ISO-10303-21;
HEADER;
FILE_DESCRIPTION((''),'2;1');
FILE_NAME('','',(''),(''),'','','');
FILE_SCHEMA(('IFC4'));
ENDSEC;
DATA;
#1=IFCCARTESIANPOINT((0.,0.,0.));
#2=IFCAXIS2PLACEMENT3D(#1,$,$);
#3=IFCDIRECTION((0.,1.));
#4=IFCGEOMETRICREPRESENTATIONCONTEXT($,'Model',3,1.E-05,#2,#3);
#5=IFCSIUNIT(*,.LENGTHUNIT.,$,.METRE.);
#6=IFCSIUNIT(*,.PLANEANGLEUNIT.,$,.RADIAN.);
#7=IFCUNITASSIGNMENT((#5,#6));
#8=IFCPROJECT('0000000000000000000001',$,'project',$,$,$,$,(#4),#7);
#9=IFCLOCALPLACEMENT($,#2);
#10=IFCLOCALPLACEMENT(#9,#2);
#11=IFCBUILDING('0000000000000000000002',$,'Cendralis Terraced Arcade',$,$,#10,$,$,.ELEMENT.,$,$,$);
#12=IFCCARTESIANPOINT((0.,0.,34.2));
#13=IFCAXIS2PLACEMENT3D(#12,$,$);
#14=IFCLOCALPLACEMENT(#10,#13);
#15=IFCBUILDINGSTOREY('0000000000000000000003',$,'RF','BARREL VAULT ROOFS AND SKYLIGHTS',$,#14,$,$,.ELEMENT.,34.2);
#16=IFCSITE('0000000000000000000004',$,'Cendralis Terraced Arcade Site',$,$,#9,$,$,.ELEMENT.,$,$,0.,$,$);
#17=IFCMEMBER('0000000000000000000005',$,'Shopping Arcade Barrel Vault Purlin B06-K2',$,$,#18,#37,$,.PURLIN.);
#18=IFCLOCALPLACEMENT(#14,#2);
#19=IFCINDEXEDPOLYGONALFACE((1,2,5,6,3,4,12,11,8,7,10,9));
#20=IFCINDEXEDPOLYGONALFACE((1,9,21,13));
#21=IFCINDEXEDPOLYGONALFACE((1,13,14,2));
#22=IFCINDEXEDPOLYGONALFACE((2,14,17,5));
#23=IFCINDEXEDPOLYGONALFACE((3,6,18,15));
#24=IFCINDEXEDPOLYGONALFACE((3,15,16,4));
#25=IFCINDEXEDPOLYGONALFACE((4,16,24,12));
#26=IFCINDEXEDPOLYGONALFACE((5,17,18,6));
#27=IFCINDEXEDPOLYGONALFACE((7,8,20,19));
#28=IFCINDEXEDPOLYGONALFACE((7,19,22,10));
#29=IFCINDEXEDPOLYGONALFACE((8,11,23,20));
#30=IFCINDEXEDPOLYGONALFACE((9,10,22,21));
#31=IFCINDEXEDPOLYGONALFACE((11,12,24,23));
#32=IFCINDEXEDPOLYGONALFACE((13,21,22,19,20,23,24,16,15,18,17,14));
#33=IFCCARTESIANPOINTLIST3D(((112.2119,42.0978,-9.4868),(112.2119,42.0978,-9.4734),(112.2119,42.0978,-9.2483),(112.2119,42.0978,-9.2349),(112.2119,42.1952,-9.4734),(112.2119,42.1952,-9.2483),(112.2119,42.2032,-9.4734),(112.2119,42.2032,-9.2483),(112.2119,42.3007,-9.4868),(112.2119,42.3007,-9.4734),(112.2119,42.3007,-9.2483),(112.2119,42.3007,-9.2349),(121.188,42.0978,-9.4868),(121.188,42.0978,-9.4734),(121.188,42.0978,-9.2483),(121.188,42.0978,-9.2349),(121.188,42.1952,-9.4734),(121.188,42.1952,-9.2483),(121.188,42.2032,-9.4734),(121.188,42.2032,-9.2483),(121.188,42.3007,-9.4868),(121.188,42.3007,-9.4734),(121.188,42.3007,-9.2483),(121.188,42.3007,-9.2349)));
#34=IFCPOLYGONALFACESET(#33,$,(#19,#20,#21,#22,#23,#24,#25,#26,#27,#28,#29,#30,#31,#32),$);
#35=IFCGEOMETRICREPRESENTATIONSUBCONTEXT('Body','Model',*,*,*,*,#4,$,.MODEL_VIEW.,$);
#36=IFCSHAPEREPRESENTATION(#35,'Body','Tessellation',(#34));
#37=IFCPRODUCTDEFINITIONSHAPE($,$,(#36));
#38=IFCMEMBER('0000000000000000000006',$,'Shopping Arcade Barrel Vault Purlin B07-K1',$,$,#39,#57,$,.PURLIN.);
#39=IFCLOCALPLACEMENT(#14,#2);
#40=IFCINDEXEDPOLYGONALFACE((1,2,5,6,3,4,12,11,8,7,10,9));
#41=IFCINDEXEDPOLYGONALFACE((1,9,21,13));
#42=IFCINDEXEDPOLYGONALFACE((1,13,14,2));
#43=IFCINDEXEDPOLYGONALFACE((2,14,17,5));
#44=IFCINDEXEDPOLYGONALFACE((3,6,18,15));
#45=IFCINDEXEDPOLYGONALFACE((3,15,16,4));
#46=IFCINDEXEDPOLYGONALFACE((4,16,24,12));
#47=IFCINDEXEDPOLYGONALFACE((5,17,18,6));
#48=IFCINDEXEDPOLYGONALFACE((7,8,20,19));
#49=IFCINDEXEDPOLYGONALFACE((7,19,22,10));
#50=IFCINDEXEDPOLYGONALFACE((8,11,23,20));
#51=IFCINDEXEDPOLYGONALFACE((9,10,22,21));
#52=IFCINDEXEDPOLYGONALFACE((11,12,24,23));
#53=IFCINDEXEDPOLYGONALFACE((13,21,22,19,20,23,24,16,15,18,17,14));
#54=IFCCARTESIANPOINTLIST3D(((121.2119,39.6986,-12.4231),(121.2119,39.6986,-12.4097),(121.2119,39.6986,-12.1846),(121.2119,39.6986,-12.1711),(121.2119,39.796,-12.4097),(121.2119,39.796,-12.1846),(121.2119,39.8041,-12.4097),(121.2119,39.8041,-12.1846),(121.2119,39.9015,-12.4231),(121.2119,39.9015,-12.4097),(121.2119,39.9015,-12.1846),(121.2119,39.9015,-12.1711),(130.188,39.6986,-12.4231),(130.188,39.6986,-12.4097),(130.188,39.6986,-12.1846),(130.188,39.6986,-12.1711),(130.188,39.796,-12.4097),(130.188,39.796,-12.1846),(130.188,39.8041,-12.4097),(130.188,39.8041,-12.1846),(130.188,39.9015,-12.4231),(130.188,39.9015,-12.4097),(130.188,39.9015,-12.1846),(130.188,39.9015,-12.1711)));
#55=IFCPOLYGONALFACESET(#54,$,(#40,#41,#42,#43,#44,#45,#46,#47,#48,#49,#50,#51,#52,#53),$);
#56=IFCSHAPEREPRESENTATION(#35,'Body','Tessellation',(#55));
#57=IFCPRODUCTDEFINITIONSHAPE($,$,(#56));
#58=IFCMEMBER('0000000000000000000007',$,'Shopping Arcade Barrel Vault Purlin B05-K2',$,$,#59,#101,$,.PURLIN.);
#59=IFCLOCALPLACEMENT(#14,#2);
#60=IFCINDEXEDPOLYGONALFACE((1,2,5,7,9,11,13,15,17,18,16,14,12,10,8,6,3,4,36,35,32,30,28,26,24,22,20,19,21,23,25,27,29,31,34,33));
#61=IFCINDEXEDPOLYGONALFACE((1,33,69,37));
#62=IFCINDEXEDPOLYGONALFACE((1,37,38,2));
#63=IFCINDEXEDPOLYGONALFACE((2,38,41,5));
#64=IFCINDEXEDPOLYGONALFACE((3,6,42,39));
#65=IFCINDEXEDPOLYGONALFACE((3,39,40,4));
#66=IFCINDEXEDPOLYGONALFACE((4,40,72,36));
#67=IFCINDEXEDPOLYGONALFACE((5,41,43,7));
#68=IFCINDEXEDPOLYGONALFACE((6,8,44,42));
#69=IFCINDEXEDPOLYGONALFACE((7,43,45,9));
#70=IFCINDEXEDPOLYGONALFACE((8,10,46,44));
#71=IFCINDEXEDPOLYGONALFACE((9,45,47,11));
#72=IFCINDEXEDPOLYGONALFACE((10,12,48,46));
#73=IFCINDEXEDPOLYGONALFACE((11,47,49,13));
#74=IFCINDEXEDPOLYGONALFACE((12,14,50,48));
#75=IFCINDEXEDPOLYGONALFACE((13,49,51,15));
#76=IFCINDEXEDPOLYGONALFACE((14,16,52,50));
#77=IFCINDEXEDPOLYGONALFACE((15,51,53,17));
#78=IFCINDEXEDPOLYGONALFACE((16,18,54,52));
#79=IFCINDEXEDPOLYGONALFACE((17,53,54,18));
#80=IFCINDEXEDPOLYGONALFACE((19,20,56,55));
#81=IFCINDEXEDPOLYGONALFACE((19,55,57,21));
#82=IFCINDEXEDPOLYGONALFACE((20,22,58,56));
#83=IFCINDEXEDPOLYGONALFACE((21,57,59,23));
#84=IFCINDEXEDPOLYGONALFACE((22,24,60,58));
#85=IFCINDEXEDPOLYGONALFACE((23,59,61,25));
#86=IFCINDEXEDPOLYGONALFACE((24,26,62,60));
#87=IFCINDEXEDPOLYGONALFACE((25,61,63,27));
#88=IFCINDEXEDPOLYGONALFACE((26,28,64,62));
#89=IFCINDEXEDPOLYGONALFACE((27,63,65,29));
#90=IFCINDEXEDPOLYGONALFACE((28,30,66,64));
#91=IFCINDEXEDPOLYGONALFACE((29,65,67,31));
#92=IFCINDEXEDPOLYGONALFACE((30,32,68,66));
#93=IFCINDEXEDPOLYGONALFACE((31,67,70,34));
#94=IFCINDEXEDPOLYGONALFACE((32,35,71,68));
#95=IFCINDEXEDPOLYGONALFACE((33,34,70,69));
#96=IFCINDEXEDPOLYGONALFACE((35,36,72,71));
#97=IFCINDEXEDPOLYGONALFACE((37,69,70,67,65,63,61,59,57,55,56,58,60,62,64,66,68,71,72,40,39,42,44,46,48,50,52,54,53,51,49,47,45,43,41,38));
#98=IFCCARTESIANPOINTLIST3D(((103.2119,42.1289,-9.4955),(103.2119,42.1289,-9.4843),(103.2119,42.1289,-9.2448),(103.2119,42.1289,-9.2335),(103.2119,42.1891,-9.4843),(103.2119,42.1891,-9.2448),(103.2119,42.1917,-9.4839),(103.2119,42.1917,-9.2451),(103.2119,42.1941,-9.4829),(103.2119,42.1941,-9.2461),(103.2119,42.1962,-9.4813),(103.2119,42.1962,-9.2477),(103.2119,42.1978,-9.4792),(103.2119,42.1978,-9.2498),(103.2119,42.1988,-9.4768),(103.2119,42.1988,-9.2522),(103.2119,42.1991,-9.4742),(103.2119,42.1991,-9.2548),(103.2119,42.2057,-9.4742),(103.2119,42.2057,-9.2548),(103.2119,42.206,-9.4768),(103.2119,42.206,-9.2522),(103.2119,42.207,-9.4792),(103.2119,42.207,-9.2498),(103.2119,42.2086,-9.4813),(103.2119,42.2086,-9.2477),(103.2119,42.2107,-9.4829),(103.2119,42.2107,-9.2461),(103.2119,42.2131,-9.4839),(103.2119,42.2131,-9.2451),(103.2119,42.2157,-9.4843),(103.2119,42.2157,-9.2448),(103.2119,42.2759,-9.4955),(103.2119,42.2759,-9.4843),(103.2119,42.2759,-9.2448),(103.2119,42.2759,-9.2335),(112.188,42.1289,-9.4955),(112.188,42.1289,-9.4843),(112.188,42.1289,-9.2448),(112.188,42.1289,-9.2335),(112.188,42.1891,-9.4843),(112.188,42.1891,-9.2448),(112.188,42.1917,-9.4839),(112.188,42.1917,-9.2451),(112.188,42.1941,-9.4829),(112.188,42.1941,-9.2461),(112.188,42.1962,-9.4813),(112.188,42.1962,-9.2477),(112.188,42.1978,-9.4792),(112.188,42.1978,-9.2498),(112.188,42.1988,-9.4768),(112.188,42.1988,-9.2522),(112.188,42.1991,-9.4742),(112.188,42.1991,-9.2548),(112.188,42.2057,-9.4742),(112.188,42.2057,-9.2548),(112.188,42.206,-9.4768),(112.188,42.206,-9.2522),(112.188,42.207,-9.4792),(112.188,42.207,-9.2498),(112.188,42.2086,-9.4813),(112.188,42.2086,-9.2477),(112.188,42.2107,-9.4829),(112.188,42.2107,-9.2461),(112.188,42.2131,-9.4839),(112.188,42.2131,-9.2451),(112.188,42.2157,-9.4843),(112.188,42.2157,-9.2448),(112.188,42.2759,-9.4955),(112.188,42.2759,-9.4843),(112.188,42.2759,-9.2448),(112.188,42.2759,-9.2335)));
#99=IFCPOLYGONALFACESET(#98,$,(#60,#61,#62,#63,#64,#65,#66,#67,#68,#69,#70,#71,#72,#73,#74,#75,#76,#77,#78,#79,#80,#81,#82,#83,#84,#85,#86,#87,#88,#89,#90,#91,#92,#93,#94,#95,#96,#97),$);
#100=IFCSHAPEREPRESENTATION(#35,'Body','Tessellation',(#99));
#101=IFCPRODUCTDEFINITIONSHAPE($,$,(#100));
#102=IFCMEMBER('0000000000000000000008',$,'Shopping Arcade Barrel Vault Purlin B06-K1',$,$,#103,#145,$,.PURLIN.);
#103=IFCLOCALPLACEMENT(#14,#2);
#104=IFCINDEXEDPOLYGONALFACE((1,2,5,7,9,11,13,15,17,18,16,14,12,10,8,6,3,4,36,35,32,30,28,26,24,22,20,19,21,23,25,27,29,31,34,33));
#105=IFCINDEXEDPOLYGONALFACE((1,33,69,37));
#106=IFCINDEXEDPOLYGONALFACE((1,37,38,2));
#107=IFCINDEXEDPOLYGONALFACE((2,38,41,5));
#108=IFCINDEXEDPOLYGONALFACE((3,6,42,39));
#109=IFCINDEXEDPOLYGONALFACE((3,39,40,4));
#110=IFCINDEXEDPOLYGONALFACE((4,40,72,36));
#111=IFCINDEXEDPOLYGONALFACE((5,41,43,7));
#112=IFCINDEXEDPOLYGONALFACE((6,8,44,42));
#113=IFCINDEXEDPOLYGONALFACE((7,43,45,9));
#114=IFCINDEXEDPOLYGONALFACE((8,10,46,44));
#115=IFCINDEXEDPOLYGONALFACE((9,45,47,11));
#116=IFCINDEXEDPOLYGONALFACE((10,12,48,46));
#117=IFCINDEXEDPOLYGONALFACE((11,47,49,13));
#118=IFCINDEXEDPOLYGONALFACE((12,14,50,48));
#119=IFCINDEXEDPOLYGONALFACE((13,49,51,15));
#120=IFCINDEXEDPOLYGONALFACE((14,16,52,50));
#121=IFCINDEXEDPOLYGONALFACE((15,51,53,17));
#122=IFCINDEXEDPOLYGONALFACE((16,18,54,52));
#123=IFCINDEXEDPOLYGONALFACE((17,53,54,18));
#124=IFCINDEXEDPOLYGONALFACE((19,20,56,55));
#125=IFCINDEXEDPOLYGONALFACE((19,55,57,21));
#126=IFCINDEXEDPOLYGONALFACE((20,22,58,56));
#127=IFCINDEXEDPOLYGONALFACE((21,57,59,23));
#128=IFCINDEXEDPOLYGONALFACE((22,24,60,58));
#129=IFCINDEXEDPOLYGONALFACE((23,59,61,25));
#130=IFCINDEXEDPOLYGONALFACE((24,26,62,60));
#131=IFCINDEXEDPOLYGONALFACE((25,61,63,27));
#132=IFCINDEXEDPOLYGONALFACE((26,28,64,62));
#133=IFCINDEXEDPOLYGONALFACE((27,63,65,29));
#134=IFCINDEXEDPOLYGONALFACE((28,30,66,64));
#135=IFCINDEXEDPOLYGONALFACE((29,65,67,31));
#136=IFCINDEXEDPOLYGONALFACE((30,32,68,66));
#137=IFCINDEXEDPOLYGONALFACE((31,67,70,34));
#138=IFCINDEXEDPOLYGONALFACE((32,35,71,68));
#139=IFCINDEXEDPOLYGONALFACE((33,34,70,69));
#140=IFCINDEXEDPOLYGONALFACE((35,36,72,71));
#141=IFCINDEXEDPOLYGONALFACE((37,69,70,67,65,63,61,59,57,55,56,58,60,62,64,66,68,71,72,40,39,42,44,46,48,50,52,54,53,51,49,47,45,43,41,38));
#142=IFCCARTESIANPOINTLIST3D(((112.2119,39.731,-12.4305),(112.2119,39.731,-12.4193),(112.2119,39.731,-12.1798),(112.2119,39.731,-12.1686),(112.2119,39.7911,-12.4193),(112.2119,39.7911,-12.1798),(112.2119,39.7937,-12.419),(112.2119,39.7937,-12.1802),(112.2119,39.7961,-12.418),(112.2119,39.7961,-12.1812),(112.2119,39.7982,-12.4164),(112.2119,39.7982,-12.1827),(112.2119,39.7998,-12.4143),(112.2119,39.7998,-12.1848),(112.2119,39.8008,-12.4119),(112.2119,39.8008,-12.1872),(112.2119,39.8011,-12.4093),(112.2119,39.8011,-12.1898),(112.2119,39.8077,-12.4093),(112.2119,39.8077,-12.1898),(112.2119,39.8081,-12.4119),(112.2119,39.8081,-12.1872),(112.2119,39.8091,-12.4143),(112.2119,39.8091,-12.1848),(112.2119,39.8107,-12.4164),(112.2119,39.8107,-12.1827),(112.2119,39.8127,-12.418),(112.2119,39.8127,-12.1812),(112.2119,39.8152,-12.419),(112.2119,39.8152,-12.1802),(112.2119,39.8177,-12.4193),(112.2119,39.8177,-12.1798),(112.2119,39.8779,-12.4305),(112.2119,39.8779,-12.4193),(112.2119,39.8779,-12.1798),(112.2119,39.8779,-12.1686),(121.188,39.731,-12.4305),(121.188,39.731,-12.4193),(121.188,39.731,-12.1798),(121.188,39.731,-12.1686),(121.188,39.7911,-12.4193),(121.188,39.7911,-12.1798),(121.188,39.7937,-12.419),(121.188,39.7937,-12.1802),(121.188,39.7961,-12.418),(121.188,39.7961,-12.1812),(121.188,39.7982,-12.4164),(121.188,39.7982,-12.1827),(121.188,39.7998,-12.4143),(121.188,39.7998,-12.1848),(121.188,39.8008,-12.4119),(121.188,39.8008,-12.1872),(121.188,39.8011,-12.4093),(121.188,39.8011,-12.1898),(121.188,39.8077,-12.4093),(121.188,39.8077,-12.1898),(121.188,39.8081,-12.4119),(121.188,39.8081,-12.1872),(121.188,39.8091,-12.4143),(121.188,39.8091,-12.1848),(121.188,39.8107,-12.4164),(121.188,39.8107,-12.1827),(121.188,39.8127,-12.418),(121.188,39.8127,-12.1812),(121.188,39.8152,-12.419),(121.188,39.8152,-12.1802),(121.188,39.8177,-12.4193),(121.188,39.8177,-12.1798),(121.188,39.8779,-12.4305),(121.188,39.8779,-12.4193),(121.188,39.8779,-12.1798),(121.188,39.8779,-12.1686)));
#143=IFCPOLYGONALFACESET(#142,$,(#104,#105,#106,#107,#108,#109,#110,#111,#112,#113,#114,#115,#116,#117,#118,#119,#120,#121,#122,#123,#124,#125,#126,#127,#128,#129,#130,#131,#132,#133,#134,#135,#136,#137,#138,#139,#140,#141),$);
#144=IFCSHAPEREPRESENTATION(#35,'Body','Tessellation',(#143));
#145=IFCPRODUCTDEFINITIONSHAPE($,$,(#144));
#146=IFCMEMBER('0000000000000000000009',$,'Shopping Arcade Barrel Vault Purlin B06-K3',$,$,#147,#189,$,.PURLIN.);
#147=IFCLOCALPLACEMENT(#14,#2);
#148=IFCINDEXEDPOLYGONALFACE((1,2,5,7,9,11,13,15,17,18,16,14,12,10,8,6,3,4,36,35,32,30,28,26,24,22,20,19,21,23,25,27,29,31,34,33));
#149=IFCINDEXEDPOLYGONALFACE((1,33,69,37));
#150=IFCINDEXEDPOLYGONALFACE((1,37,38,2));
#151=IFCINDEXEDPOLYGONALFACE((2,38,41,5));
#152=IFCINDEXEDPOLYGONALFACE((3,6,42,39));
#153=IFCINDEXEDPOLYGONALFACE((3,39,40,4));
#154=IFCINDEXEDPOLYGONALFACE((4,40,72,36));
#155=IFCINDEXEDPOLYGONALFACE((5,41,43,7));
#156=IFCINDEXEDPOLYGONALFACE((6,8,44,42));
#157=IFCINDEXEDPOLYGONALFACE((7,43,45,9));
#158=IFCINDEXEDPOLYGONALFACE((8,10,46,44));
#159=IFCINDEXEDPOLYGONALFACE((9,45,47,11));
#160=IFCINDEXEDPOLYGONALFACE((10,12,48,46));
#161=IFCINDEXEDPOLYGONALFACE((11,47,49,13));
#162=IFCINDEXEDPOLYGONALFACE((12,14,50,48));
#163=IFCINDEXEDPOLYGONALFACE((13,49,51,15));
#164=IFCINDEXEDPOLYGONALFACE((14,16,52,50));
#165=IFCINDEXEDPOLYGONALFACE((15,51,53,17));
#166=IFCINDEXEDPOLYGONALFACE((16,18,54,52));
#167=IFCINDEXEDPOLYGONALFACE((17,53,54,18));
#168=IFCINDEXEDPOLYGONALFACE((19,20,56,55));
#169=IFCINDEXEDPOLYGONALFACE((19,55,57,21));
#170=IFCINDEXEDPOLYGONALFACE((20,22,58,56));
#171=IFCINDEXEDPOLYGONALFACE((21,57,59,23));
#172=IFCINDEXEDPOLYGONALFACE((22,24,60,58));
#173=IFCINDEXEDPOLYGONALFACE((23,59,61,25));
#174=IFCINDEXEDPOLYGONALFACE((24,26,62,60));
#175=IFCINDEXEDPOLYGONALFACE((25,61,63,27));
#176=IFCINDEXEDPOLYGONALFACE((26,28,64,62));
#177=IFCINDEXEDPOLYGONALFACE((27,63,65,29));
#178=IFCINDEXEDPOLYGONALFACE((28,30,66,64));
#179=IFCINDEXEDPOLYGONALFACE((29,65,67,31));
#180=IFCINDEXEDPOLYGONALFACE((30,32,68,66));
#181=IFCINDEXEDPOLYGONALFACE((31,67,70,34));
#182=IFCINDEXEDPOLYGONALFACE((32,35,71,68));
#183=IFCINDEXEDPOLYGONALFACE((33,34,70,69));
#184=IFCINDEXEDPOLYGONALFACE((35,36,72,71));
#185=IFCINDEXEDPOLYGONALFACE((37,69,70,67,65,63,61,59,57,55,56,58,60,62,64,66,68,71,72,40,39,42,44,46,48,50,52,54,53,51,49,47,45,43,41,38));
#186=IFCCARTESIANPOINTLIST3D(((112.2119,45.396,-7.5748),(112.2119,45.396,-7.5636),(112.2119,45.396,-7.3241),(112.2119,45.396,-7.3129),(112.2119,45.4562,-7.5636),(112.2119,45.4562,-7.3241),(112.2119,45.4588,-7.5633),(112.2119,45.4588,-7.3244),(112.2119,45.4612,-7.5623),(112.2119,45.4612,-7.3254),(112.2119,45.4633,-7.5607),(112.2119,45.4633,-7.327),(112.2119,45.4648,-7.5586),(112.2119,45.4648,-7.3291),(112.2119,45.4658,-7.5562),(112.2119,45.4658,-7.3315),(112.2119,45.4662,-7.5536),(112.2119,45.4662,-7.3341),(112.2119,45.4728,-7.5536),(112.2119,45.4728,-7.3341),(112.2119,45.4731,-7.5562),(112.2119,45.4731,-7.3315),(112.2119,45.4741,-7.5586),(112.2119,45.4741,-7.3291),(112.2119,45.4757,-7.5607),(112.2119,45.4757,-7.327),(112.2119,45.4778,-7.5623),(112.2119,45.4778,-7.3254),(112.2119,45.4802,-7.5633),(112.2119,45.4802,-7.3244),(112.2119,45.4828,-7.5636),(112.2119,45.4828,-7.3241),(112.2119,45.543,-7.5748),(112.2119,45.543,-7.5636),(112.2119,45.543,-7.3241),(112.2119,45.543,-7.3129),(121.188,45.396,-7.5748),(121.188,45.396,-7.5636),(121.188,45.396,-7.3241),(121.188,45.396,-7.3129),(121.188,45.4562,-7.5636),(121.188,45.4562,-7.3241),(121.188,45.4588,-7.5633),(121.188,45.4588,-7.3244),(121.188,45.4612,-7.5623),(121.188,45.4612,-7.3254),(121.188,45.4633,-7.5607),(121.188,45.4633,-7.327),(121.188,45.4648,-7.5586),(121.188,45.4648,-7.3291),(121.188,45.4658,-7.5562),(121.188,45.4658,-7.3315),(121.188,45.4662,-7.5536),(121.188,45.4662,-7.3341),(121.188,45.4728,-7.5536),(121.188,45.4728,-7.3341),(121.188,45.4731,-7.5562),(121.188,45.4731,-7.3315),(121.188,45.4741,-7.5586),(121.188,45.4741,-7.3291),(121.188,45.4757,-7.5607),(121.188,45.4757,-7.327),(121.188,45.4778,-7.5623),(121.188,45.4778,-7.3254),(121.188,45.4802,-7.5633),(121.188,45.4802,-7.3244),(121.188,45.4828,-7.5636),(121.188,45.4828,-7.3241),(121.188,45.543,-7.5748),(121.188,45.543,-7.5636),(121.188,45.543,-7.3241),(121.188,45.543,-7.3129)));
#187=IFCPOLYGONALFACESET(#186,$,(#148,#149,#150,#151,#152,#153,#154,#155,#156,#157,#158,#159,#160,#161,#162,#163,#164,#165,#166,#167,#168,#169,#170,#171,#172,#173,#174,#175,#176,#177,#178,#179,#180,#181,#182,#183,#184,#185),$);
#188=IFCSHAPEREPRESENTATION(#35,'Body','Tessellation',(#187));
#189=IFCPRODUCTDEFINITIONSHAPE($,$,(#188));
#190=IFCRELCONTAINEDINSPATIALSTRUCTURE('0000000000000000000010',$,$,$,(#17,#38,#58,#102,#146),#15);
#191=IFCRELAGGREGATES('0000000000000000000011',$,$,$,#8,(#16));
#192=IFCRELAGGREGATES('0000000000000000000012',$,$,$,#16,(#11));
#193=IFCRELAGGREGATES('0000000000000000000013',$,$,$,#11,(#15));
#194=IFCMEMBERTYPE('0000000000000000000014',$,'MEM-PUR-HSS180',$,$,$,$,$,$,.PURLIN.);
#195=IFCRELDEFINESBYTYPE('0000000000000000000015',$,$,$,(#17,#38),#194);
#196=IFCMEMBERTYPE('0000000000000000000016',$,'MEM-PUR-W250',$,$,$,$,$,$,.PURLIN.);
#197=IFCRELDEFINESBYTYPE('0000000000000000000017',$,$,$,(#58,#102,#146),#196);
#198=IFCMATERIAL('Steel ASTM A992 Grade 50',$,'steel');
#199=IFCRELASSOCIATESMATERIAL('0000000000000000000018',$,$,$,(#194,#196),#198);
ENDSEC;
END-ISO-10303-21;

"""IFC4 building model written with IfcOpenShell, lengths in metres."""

from ifc_helpers import new_model, si_unit, direction, frame, origin, origin_2d, place, context, subcontext, project, spatial, i_section, extrude, material, material_profile, profile_set, type_object, element, save


model = new_model("IFC4")

# Units and contexts
model_context = context("Model", 3, precision=1e-05, world=origin(), true_north=direction((0.0, 1.0)))
body_context = subcontext(model_context, "Body", "Model", "MODEL_VIEW")
ifc_project = project(units=[si_unit("LENGTHUNIT", "METRE"), si_unit("PLANEANGLEUNIT", "RADIAN")], contexts=[model_context])

# Site, building, storey
site_placement = place(None, origin())
site = spatial("IfcSite", under=ifc_project, at=site_placement, Name="Cendralis Terraced Arcade Site", CompositionType="ELEMENT", RefElevation=0.0)
building_placement = place(site_placement, origin())
building = spatial("IfcBuilding", under=site, at=building_placement, Name="Cendralis Terraced Arcade", CompositionType="ELEMENT")
storey_placement = place(building_placement, frame((0.0, 0.0, 34.2)))
storey = spatial("IfcBuildingStorey", under=building, at=storey_placement, Name="RF", Description="BARREL VAULT ROOFS AND SKYLIGHTS", CompositionType="ELEMENT", Elevation=34.2)

# Members
ifc_material_1 = material(Name="Steel ASTM A992 Grade 50", Category="steel")
ifc_material_profile_1 = material_profile(ifc_material_1, i_section(OverallWidth=0.2029, OverallDepth=0.252, WebThickness=0.0081, FlangeThickness=0.0134, at=origin_2d()), Name="W250X58", Category="LoadBearing")
ifc_profile_set_1 = profile_set([ifc_material_profile_1], Name="Steel ASTM A992 Grade 50")
member_type_1 = type_object("IfcMemberType", Name="MEM-PUR-HSS180", PredefinedType="PURLIN", material=ifc_profile_set_1)
for number, where, z_axis, x_axis, name in (
    (1, (112.2119, 42.1992, -9.3608), (1.0, 0.0, 0.0), (0.0, 1.0, 0.0), "Shopping Arcade Barrel Vault Purlin B06-K2"),
    (2, (121.2119, 39.8, -12.2971), (1.0, 0.0, 0.0), (0.0, 1.0, 0.0), "Shopping Arcade Barrel Vault Purlin B07-K1"),
):
    element("IfcMember", number, at=place(storey_placement, frame(where, z_axis=z_axis, x_axis=x_axis)), inside=storey, type_object=member_type_1, Name=name, PredefinedType="PURLIN", context=body_context, shape_type="SweptSolid", body=[
        extrude(i_section(OverallWidth=0.2029, OverallDepth=0.252, WebThickness=0.0081, FlangeThickness=0.0134, at=origin_2d()), origin(), (0.0, 0.0, 1.0), 8.9761),
    ])
ifc_material_profile_2 = material_profile(ifc_material_1, i_section(OverallWidth=0.147, OverallDepth=0.262, WebThickness=0.0066, FlangeThickness=0.0112, FilletRadius=0.01, at=origin_2d()), Name="W250X38.5", Category="LoadBearing")
ifc_profile_set_2 = profile_set([ifc_material_profile_2], Name="Steel ASTM A992 Grade 50")
member_type_2 = type_object("IfcMemberType", Name="MEM-PUR-W250", PredefinedType="PURLIN", material=ifc_profile_set_2)
for number, where, z_axis, x_axis, name in (
    (3, (103.2119, 42.2024, -9.3645), (1.0, 0.0, 0.0), (0.0, 1.0, 0.0), "Shopping Arcade Barrel Vault Purlin B05-K2"),
    (4, (112.2119, 39.8044, -12.2996), (1.0, 0.0, 0.0), (0.0, 1.0, 0.0), "Shopping Arcade Barrel Vault Purlin B06-K1"),
    (5, (112.2119, 45.4695, -7.4438), (1.0, 0.0, 0.0), (0.0, 1.0, 0.0), "Shopping Arcade Barrel Vault Purlin B06-K3"),
):
    element("IfcMember", number, at=place(storey_placement, frame(where, z_axis=z_axis, x_axis=x_axis)), inside=storey, type_object=member_type_2, Name=name, PredefinedType="PURLIN", context=body_context, shape_type="SweptSolid", body=[
        extrude(i_section(OverallWidth=0.147, OverallDepth=0.262, WebThickness=0.0066, FlangeThickness=0.0112, FilletRadius=0.01, at=origin_2d()), origin(), (0.0, 0.0, 1.0), 8.9761),
    ])

save(model, "model.ifc")
